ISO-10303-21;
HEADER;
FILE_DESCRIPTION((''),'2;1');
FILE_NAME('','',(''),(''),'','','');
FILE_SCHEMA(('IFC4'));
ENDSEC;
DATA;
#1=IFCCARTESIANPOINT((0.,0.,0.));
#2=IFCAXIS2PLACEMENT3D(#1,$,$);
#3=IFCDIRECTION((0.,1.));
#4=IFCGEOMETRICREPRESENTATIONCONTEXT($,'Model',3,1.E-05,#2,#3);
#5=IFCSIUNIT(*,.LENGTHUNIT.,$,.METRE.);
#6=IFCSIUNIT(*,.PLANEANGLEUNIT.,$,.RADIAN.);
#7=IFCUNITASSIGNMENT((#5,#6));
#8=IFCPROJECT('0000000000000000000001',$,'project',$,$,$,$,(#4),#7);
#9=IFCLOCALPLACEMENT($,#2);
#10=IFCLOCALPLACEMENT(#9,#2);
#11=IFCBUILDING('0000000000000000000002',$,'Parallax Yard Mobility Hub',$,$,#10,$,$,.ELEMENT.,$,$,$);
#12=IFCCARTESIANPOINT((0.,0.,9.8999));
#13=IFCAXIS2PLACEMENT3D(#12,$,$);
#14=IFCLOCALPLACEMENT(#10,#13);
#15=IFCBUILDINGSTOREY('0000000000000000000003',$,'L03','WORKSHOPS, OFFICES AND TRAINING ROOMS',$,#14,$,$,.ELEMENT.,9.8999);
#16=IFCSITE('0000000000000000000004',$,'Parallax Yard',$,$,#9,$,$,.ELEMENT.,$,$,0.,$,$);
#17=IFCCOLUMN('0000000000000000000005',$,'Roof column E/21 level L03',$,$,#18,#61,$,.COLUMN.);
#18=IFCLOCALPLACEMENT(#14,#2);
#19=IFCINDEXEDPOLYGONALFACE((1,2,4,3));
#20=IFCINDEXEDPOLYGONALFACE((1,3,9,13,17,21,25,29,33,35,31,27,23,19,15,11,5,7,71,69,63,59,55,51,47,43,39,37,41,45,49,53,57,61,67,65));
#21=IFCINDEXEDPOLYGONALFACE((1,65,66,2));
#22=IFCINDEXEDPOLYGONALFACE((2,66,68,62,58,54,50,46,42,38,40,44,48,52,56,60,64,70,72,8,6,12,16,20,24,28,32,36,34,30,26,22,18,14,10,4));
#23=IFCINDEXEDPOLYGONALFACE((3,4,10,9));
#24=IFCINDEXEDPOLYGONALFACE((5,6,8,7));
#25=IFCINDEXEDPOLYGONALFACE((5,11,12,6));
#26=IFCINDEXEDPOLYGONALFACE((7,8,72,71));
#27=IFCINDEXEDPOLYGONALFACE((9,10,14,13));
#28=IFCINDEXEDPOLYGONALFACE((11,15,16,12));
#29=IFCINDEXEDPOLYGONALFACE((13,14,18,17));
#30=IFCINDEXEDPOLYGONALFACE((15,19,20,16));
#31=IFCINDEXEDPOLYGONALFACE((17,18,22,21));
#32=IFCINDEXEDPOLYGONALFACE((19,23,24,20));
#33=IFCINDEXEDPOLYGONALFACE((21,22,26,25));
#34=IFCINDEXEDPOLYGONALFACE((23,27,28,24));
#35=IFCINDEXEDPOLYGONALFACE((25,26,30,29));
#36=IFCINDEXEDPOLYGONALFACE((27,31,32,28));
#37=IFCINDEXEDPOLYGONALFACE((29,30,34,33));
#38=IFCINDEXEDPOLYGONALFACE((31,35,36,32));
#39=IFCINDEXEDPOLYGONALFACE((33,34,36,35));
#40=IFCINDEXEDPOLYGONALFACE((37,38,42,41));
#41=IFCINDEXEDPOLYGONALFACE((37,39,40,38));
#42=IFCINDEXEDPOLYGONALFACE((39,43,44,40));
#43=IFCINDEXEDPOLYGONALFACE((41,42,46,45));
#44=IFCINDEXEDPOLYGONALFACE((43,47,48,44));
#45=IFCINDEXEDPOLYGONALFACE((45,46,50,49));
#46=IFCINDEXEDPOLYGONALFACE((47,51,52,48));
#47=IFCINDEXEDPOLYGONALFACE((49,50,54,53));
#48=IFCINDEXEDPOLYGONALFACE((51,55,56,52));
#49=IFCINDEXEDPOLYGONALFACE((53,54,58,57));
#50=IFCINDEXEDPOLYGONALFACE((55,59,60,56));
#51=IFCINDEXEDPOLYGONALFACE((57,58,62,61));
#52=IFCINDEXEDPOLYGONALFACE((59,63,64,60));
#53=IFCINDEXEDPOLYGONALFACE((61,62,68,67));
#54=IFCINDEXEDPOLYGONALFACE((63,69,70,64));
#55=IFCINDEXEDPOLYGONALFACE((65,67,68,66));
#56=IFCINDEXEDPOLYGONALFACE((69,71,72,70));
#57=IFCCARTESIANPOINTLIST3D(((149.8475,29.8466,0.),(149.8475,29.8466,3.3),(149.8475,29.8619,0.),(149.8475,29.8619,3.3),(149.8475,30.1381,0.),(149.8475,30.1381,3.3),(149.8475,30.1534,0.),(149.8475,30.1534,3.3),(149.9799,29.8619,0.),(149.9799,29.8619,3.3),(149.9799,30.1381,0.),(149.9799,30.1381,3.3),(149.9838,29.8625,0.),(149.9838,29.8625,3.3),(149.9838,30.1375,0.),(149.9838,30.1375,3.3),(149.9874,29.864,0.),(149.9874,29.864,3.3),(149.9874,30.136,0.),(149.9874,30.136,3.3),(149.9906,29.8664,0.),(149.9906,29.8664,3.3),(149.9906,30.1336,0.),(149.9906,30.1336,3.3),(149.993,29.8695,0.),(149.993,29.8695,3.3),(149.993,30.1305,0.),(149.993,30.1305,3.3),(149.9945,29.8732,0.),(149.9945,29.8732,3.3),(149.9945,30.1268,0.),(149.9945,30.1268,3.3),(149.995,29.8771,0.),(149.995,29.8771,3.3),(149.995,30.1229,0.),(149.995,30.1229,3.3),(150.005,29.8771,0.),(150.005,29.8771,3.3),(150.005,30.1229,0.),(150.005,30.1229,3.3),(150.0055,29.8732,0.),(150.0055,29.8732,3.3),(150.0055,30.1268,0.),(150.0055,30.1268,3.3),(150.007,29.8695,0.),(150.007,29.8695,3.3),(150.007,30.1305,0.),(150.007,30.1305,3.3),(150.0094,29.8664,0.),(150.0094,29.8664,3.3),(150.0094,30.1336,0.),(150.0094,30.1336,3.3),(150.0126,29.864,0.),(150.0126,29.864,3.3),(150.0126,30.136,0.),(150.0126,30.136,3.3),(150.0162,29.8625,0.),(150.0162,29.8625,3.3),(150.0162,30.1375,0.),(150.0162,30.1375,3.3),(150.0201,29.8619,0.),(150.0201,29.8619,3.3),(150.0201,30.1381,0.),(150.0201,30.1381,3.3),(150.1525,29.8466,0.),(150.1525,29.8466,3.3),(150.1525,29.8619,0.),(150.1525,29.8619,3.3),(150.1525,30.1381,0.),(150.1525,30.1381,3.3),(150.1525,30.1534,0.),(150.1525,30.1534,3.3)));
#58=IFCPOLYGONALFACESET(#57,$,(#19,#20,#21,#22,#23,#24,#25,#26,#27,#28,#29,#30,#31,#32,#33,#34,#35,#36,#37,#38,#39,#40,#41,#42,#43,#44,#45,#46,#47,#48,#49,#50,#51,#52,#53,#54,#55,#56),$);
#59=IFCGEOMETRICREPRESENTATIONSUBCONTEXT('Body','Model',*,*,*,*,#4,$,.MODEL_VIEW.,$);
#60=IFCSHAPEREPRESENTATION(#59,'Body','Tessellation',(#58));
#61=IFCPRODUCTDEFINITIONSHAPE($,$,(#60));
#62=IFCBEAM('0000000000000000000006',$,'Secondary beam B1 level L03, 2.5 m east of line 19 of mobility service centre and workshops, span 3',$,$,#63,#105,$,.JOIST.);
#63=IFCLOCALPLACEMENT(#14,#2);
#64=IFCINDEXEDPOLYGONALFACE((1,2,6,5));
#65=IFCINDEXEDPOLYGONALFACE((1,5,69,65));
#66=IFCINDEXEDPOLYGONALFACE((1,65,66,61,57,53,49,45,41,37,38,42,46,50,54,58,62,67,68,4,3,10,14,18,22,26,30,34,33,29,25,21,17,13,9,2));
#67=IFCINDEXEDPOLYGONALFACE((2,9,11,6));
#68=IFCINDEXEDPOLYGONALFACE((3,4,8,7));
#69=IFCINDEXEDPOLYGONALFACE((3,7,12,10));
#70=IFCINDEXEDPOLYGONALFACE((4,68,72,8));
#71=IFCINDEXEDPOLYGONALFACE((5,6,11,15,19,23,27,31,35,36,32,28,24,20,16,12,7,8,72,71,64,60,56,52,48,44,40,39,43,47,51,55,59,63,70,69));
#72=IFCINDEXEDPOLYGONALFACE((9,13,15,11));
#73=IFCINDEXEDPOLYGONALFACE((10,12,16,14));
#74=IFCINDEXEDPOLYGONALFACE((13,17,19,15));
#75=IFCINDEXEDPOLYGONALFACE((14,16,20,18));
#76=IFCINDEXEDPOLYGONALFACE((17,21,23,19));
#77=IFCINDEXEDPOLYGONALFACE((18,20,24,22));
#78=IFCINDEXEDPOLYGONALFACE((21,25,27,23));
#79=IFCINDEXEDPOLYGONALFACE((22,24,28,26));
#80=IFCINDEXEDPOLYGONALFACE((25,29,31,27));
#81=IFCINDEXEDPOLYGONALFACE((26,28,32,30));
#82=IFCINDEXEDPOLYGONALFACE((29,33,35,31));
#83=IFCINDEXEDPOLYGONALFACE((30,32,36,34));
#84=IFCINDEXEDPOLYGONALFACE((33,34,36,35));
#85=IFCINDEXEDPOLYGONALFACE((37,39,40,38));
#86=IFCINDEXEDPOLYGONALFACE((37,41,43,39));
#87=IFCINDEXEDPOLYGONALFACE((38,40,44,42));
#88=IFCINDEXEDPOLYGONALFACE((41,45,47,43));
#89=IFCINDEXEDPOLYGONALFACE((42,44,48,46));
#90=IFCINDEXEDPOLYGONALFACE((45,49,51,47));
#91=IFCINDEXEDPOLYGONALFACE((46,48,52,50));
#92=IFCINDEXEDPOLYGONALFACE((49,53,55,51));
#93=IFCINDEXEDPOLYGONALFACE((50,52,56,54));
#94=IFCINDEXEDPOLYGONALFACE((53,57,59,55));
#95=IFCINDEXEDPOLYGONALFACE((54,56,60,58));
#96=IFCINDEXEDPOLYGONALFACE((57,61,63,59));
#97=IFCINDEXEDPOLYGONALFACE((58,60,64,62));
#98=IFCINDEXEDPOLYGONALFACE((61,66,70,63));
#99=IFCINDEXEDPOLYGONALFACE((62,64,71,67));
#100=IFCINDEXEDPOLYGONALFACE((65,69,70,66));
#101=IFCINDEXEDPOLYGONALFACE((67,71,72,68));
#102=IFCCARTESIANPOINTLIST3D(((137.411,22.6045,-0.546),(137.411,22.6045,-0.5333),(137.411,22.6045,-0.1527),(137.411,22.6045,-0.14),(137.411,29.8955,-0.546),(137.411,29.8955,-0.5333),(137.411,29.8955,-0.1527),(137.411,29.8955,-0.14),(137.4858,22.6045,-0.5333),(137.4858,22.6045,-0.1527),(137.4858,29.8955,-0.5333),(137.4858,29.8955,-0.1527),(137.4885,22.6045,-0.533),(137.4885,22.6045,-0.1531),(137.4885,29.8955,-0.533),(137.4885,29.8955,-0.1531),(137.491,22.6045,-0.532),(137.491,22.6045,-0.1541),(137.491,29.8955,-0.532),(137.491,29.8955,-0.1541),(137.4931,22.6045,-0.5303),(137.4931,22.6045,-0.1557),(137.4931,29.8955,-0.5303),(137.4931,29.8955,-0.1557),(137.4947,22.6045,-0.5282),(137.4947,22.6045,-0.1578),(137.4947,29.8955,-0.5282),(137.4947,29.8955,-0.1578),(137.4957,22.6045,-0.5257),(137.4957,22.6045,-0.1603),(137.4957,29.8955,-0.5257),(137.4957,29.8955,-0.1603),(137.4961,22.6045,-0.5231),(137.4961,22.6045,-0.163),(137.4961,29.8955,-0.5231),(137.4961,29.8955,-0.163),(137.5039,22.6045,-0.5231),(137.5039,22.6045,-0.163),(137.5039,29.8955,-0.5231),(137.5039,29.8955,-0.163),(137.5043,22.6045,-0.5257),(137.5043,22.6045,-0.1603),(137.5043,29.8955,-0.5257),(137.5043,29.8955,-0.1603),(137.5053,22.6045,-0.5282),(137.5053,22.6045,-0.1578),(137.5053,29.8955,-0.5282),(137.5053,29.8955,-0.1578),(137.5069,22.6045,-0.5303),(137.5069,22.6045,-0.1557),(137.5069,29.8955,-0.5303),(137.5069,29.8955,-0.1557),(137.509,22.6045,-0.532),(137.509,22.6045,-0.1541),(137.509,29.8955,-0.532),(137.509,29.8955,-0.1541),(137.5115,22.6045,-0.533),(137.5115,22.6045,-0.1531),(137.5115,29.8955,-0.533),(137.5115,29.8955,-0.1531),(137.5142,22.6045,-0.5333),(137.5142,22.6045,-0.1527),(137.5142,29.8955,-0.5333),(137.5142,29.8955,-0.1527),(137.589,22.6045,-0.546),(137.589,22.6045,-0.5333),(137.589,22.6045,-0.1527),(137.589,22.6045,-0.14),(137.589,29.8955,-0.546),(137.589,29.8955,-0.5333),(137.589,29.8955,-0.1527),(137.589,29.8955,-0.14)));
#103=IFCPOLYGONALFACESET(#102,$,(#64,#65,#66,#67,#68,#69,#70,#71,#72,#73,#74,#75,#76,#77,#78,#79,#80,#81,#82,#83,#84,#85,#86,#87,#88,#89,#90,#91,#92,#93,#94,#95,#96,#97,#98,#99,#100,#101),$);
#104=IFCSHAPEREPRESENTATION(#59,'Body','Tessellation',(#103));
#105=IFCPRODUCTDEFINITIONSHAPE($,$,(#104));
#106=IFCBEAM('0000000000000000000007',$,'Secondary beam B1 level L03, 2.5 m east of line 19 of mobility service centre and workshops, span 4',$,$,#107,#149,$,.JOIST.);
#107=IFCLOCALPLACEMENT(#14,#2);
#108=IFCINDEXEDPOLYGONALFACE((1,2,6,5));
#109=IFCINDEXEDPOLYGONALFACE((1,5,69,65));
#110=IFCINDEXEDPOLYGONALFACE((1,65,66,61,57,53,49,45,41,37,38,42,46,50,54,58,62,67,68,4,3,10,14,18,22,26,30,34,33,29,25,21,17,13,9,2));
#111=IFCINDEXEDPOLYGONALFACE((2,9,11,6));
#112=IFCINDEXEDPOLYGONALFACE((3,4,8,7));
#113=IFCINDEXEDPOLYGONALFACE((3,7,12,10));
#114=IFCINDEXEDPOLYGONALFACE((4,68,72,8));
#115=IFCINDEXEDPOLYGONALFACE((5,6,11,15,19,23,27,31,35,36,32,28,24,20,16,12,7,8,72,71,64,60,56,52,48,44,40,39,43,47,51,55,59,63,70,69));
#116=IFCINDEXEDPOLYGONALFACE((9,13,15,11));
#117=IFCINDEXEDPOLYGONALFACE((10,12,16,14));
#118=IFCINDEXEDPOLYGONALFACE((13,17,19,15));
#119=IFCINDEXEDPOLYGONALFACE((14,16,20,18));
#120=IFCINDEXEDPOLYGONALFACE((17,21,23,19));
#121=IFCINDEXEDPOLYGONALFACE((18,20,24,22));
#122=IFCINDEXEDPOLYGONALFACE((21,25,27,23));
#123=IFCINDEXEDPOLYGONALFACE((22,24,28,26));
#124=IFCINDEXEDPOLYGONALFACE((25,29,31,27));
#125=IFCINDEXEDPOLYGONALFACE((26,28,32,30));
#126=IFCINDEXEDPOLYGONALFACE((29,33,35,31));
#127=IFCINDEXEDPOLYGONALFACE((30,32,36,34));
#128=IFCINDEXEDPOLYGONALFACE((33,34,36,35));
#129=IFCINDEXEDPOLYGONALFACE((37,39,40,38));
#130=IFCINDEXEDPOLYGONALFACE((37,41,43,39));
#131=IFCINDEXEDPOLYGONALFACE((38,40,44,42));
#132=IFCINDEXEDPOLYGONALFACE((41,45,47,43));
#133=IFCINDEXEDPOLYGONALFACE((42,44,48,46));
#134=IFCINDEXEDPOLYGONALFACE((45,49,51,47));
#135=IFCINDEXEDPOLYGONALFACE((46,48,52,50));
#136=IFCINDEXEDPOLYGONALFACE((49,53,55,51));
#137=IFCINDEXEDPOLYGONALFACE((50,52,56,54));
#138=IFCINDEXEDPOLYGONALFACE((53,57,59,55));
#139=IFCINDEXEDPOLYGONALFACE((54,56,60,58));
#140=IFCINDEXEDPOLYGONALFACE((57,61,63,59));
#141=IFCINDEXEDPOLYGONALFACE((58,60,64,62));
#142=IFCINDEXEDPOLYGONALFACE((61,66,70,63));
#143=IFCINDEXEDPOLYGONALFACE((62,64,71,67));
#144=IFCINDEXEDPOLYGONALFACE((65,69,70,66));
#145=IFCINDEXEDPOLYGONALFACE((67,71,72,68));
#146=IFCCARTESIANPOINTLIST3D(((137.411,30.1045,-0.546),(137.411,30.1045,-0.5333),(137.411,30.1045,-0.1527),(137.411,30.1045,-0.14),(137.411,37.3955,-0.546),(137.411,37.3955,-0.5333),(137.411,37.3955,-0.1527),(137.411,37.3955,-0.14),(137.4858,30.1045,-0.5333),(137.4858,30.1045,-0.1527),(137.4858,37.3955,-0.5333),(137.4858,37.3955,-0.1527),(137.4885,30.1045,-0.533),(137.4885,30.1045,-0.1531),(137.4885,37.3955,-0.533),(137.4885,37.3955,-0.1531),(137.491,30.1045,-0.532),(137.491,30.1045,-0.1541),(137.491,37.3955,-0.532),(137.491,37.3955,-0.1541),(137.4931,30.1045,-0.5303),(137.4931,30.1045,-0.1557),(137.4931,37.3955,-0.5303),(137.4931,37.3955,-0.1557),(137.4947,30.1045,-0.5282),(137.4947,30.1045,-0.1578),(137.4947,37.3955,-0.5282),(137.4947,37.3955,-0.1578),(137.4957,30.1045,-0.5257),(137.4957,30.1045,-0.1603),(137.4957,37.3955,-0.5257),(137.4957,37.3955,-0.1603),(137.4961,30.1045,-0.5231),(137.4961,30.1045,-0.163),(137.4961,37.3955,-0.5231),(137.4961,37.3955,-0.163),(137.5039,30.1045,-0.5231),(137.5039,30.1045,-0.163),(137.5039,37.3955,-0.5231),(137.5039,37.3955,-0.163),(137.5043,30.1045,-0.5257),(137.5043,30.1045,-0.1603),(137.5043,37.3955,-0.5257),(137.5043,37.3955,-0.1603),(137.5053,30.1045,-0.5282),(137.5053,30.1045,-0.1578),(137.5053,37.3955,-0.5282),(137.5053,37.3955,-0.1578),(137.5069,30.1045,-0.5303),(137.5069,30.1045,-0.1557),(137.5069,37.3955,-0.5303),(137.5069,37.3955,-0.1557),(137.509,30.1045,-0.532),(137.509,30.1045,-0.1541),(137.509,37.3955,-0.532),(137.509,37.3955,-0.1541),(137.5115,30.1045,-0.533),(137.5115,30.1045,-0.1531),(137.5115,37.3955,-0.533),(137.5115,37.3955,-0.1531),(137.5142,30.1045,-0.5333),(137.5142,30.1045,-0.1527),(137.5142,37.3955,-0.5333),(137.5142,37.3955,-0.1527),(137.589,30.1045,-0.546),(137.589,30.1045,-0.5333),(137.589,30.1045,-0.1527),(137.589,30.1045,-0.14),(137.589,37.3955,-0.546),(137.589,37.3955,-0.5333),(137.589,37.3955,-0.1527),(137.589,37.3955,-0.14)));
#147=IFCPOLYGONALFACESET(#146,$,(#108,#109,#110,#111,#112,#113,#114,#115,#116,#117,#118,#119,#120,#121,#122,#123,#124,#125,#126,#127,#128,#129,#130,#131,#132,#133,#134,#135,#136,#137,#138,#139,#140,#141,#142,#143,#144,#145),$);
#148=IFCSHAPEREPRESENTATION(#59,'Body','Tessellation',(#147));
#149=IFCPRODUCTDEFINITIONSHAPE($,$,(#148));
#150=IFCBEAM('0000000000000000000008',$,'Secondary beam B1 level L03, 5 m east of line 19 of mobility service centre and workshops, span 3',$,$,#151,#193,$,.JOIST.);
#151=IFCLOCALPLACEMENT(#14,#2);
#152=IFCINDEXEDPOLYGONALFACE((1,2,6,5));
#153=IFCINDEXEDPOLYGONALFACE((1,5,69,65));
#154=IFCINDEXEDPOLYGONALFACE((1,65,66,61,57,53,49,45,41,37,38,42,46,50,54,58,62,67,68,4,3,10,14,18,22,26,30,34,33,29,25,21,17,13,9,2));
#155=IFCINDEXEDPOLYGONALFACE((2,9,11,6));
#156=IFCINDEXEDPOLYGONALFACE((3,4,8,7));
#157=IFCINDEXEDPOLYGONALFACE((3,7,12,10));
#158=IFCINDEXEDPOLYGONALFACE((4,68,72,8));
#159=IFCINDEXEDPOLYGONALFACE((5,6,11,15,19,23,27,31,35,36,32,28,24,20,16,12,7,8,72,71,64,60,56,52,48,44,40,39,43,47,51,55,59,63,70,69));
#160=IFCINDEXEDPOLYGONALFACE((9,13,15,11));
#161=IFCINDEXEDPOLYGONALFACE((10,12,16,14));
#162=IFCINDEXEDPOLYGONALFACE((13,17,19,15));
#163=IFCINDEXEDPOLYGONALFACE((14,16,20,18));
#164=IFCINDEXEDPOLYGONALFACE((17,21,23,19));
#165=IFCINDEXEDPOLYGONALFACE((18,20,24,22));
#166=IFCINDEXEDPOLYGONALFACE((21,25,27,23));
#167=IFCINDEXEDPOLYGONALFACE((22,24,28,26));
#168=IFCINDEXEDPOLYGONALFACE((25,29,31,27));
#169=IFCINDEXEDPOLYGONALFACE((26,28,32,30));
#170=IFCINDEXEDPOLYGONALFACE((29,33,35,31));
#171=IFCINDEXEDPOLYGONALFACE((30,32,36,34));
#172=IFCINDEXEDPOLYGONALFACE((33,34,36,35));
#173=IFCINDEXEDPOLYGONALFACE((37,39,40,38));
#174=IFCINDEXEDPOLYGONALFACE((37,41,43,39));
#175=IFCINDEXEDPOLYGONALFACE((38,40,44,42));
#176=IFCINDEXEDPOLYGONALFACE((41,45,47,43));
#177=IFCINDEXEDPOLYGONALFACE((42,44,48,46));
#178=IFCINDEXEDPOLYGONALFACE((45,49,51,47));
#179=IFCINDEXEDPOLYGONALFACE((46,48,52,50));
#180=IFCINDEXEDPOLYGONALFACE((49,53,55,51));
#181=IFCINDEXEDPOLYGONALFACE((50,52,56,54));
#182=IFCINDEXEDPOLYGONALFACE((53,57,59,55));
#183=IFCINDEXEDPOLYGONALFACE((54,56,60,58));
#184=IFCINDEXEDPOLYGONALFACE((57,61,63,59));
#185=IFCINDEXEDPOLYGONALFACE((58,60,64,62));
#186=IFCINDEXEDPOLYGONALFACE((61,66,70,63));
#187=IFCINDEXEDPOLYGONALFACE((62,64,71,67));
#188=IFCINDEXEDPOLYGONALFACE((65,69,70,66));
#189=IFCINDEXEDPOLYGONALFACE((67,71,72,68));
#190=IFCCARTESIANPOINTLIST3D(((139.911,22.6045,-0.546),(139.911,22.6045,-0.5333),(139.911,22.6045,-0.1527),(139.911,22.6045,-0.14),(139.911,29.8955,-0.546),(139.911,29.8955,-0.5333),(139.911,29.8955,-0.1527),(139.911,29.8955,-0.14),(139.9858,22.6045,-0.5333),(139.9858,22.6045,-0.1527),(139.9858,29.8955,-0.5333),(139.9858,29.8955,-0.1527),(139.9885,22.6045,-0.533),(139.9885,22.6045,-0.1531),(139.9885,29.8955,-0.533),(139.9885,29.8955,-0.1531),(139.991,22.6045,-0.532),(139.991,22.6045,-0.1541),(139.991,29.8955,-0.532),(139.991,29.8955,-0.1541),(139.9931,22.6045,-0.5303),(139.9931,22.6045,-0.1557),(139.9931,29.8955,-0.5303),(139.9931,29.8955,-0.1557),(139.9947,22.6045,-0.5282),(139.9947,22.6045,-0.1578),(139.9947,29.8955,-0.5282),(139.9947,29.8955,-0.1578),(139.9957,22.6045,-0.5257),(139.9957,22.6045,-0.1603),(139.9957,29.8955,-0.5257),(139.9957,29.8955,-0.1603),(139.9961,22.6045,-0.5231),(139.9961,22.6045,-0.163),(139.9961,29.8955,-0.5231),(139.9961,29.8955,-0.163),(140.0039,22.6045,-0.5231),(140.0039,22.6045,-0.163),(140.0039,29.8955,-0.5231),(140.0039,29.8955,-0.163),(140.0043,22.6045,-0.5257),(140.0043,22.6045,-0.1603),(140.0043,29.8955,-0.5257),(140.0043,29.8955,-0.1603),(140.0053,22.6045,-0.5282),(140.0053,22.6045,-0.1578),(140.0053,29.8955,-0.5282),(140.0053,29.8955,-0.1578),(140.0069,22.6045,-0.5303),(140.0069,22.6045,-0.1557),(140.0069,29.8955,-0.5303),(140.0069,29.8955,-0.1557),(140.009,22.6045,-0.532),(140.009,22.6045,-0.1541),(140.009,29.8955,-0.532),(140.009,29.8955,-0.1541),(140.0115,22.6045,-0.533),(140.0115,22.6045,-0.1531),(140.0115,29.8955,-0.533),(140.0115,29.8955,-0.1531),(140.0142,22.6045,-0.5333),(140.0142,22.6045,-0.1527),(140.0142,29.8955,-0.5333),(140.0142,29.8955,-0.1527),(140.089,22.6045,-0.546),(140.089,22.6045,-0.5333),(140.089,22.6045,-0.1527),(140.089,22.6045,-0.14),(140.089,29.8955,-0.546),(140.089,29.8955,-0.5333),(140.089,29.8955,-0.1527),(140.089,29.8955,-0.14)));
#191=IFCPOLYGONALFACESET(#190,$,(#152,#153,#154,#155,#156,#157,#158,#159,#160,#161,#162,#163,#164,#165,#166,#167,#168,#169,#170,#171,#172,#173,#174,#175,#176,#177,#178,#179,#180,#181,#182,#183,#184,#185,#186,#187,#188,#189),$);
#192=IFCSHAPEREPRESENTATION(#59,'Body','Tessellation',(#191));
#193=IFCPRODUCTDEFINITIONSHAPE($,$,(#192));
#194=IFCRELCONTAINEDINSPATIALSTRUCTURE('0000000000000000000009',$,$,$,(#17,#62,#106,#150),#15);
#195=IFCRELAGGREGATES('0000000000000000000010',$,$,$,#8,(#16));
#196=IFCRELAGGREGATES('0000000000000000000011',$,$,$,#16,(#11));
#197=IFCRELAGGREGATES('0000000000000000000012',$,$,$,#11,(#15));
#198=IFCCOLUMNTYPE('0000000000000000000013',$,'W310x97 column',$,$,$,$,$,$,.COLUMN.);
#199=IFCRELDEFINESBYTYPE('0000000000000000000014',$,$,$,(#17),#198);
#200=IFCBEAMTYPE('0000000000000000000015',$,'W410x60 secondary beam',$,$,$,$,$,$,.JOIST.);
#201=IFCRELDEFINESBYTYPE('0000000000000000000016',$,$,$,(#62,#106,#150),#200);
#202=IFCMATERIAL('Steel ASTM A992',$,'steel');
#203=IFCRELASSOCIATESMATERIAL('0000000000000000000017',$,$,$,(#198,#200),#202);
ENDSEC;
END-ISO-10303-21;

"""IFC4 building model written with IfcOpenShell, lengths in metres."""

from ifc_helpers import new_model, si_unit, direction, frame, origin, origin_2d, place, context, subcontext, project, spatial, i_section, extrude, material, material_profile, profile_set, type_object, element, save


model = new_model("IFC4")

# Units and contexts
model_context = context("Model", 3, precision=1e-05, world=origin(), true_north=direction((0.0, 1.0)))
body_context = subcontext(model_context, "Body", "Model", "MODEL_VIEW")
ifc_project = project(units=[si_unit("LENGTHUNIT", "METRE"), si_unit("PLANEANGLEUNIT", "RADIAN")], contexts=[model_context])

# Site, building, storey
site_placement = place(None, origin())
site = spatial("IfcSite", under=ifc_project, at=site_placement, Name="Parallax Yard", CompositionType="ELEMENT", RefElevation=0.0)
building_placement = place(site_placement, origin())
building = spatial("IfcBuilding", under=site, at=building_placement, Name="Parallax Yard Mobility Hub", CompositionType="ELEMENT")
storey_placement = place(building_placement, frame((0.0, 0.0, 9.8999)))
storey = spatial("IfcBuildingStorey", under=building, at=storey_placement, Name="L03", Description="WORKSHOPS, OFFICES AND TRAINING ROOMS", CompositionType="ELEMENT", Elevation=9.8999)

# Column
ifc_material_1 = material(Name="Steel ASTM A992", Category="steel")
ifc_material_profile_1 = material_profile(ifc_material_1, i_section(OverallWidth=0.3049, OverallDepth=0.3069, WebThickness=0.01, FlangeThickness=0.0154, FilletRadius=0.0151, at=origin_2d()), Name="W310x97")
ifc_profile_set_1 = profile_set([ifc_material_profile_1], Name="Steel ASTM A992")
column_type = type_object("IfcColumnType", Name="W310x97 column", PredefinedType="COLUMN", material=ifc_profile_set_1)
for number, where, z_axis, x_axis, name in (
    (1, (150.0, 30.0, 0.0), (0.0, 0.0, 1.0), (1.0, 0.0, 0.0), "Roof column E/21 level L03"),
):
    element("IfcColumn", number, at=place(storey_placement, frame(where, z_axis=z_axis, x_axis=x_axis)), inside=storey, type_object=column_type, Name=name, PredefinedType="COLUMN", context=body_context, shape_type="SweptSolid", body=[
        extrude(i_section(OverallWidth=0.3049, OverallDepth=0.3069, WebThickness=0.01, FlangeThickness=0.0154, FilletRadius=0.0151, at=origin_2d()), origin(), (0.0, 0.0, 1.0), 3.3),
    ])

# Beams
ifc_material_profile_2 = material_profile(ifc_material_1, i_section(OverallWidth=0.178, OverallDepth=0.406, WebThickness=0.0078, FlangeThickness=0.0127, FilletRadius=0.0103, at=origin_2d()), Name="W410x60")
ifc_profile_set_2 = profile_set([ifc_material_profile_2], Name="Steel ASTM A992")
beam_type_1 = type_object("IfcBeamType", Name="W410x60 secondary beam", PredefinedType="JOIST", material=ifc_profile_set_2)
for number, where, z_axis, x_axis, name in (
    (2, (137.5, 22.6045, -0.343), (0.0, 1.0, 0.0), (-1.0, 0.0, 0.0), "Secondary beam B1 level L03, 2.5 m east of line 19 of mobility service centre and workshops, span 3"),
    (3, (137.5, 30.1045, -0.343), (0.0, 1.0, 0.0), (-1.0, 0.0, 0.0), "Secondary beam B1 level L03, 2.5 m east of line 19 of mobility service centre and workshops, span 4"),
    (4, (140.0, 22.6045, -0.343), (0.0, 1.0, 0.0), (-1.0, 0.0, 0.0), "Secondary beam B1 level L03, 5 m east of line 19 of mobility service centre and workshops, span 3"),
):
    element("IfcBeam", number, at=place(storey_placement, frame(where, z_axis=z_axis, x_axis=x_axis)), inside=storey, type_object=beam_type_1, Name=name, PredefinedType="JOIST", context=body_context, shape_type="SweptSolid", body=[
        extrude(i_section(OverallWidth=0.178, OverallDepth=0.406, WebThickness=0.0078, FlangeThickness=0.0127, FilletRadius=0.0103, at=origin_2d()), origin(), (0.0, 0.0, 1.0), 7.291),
    ])

save(model, "model.ifc")
